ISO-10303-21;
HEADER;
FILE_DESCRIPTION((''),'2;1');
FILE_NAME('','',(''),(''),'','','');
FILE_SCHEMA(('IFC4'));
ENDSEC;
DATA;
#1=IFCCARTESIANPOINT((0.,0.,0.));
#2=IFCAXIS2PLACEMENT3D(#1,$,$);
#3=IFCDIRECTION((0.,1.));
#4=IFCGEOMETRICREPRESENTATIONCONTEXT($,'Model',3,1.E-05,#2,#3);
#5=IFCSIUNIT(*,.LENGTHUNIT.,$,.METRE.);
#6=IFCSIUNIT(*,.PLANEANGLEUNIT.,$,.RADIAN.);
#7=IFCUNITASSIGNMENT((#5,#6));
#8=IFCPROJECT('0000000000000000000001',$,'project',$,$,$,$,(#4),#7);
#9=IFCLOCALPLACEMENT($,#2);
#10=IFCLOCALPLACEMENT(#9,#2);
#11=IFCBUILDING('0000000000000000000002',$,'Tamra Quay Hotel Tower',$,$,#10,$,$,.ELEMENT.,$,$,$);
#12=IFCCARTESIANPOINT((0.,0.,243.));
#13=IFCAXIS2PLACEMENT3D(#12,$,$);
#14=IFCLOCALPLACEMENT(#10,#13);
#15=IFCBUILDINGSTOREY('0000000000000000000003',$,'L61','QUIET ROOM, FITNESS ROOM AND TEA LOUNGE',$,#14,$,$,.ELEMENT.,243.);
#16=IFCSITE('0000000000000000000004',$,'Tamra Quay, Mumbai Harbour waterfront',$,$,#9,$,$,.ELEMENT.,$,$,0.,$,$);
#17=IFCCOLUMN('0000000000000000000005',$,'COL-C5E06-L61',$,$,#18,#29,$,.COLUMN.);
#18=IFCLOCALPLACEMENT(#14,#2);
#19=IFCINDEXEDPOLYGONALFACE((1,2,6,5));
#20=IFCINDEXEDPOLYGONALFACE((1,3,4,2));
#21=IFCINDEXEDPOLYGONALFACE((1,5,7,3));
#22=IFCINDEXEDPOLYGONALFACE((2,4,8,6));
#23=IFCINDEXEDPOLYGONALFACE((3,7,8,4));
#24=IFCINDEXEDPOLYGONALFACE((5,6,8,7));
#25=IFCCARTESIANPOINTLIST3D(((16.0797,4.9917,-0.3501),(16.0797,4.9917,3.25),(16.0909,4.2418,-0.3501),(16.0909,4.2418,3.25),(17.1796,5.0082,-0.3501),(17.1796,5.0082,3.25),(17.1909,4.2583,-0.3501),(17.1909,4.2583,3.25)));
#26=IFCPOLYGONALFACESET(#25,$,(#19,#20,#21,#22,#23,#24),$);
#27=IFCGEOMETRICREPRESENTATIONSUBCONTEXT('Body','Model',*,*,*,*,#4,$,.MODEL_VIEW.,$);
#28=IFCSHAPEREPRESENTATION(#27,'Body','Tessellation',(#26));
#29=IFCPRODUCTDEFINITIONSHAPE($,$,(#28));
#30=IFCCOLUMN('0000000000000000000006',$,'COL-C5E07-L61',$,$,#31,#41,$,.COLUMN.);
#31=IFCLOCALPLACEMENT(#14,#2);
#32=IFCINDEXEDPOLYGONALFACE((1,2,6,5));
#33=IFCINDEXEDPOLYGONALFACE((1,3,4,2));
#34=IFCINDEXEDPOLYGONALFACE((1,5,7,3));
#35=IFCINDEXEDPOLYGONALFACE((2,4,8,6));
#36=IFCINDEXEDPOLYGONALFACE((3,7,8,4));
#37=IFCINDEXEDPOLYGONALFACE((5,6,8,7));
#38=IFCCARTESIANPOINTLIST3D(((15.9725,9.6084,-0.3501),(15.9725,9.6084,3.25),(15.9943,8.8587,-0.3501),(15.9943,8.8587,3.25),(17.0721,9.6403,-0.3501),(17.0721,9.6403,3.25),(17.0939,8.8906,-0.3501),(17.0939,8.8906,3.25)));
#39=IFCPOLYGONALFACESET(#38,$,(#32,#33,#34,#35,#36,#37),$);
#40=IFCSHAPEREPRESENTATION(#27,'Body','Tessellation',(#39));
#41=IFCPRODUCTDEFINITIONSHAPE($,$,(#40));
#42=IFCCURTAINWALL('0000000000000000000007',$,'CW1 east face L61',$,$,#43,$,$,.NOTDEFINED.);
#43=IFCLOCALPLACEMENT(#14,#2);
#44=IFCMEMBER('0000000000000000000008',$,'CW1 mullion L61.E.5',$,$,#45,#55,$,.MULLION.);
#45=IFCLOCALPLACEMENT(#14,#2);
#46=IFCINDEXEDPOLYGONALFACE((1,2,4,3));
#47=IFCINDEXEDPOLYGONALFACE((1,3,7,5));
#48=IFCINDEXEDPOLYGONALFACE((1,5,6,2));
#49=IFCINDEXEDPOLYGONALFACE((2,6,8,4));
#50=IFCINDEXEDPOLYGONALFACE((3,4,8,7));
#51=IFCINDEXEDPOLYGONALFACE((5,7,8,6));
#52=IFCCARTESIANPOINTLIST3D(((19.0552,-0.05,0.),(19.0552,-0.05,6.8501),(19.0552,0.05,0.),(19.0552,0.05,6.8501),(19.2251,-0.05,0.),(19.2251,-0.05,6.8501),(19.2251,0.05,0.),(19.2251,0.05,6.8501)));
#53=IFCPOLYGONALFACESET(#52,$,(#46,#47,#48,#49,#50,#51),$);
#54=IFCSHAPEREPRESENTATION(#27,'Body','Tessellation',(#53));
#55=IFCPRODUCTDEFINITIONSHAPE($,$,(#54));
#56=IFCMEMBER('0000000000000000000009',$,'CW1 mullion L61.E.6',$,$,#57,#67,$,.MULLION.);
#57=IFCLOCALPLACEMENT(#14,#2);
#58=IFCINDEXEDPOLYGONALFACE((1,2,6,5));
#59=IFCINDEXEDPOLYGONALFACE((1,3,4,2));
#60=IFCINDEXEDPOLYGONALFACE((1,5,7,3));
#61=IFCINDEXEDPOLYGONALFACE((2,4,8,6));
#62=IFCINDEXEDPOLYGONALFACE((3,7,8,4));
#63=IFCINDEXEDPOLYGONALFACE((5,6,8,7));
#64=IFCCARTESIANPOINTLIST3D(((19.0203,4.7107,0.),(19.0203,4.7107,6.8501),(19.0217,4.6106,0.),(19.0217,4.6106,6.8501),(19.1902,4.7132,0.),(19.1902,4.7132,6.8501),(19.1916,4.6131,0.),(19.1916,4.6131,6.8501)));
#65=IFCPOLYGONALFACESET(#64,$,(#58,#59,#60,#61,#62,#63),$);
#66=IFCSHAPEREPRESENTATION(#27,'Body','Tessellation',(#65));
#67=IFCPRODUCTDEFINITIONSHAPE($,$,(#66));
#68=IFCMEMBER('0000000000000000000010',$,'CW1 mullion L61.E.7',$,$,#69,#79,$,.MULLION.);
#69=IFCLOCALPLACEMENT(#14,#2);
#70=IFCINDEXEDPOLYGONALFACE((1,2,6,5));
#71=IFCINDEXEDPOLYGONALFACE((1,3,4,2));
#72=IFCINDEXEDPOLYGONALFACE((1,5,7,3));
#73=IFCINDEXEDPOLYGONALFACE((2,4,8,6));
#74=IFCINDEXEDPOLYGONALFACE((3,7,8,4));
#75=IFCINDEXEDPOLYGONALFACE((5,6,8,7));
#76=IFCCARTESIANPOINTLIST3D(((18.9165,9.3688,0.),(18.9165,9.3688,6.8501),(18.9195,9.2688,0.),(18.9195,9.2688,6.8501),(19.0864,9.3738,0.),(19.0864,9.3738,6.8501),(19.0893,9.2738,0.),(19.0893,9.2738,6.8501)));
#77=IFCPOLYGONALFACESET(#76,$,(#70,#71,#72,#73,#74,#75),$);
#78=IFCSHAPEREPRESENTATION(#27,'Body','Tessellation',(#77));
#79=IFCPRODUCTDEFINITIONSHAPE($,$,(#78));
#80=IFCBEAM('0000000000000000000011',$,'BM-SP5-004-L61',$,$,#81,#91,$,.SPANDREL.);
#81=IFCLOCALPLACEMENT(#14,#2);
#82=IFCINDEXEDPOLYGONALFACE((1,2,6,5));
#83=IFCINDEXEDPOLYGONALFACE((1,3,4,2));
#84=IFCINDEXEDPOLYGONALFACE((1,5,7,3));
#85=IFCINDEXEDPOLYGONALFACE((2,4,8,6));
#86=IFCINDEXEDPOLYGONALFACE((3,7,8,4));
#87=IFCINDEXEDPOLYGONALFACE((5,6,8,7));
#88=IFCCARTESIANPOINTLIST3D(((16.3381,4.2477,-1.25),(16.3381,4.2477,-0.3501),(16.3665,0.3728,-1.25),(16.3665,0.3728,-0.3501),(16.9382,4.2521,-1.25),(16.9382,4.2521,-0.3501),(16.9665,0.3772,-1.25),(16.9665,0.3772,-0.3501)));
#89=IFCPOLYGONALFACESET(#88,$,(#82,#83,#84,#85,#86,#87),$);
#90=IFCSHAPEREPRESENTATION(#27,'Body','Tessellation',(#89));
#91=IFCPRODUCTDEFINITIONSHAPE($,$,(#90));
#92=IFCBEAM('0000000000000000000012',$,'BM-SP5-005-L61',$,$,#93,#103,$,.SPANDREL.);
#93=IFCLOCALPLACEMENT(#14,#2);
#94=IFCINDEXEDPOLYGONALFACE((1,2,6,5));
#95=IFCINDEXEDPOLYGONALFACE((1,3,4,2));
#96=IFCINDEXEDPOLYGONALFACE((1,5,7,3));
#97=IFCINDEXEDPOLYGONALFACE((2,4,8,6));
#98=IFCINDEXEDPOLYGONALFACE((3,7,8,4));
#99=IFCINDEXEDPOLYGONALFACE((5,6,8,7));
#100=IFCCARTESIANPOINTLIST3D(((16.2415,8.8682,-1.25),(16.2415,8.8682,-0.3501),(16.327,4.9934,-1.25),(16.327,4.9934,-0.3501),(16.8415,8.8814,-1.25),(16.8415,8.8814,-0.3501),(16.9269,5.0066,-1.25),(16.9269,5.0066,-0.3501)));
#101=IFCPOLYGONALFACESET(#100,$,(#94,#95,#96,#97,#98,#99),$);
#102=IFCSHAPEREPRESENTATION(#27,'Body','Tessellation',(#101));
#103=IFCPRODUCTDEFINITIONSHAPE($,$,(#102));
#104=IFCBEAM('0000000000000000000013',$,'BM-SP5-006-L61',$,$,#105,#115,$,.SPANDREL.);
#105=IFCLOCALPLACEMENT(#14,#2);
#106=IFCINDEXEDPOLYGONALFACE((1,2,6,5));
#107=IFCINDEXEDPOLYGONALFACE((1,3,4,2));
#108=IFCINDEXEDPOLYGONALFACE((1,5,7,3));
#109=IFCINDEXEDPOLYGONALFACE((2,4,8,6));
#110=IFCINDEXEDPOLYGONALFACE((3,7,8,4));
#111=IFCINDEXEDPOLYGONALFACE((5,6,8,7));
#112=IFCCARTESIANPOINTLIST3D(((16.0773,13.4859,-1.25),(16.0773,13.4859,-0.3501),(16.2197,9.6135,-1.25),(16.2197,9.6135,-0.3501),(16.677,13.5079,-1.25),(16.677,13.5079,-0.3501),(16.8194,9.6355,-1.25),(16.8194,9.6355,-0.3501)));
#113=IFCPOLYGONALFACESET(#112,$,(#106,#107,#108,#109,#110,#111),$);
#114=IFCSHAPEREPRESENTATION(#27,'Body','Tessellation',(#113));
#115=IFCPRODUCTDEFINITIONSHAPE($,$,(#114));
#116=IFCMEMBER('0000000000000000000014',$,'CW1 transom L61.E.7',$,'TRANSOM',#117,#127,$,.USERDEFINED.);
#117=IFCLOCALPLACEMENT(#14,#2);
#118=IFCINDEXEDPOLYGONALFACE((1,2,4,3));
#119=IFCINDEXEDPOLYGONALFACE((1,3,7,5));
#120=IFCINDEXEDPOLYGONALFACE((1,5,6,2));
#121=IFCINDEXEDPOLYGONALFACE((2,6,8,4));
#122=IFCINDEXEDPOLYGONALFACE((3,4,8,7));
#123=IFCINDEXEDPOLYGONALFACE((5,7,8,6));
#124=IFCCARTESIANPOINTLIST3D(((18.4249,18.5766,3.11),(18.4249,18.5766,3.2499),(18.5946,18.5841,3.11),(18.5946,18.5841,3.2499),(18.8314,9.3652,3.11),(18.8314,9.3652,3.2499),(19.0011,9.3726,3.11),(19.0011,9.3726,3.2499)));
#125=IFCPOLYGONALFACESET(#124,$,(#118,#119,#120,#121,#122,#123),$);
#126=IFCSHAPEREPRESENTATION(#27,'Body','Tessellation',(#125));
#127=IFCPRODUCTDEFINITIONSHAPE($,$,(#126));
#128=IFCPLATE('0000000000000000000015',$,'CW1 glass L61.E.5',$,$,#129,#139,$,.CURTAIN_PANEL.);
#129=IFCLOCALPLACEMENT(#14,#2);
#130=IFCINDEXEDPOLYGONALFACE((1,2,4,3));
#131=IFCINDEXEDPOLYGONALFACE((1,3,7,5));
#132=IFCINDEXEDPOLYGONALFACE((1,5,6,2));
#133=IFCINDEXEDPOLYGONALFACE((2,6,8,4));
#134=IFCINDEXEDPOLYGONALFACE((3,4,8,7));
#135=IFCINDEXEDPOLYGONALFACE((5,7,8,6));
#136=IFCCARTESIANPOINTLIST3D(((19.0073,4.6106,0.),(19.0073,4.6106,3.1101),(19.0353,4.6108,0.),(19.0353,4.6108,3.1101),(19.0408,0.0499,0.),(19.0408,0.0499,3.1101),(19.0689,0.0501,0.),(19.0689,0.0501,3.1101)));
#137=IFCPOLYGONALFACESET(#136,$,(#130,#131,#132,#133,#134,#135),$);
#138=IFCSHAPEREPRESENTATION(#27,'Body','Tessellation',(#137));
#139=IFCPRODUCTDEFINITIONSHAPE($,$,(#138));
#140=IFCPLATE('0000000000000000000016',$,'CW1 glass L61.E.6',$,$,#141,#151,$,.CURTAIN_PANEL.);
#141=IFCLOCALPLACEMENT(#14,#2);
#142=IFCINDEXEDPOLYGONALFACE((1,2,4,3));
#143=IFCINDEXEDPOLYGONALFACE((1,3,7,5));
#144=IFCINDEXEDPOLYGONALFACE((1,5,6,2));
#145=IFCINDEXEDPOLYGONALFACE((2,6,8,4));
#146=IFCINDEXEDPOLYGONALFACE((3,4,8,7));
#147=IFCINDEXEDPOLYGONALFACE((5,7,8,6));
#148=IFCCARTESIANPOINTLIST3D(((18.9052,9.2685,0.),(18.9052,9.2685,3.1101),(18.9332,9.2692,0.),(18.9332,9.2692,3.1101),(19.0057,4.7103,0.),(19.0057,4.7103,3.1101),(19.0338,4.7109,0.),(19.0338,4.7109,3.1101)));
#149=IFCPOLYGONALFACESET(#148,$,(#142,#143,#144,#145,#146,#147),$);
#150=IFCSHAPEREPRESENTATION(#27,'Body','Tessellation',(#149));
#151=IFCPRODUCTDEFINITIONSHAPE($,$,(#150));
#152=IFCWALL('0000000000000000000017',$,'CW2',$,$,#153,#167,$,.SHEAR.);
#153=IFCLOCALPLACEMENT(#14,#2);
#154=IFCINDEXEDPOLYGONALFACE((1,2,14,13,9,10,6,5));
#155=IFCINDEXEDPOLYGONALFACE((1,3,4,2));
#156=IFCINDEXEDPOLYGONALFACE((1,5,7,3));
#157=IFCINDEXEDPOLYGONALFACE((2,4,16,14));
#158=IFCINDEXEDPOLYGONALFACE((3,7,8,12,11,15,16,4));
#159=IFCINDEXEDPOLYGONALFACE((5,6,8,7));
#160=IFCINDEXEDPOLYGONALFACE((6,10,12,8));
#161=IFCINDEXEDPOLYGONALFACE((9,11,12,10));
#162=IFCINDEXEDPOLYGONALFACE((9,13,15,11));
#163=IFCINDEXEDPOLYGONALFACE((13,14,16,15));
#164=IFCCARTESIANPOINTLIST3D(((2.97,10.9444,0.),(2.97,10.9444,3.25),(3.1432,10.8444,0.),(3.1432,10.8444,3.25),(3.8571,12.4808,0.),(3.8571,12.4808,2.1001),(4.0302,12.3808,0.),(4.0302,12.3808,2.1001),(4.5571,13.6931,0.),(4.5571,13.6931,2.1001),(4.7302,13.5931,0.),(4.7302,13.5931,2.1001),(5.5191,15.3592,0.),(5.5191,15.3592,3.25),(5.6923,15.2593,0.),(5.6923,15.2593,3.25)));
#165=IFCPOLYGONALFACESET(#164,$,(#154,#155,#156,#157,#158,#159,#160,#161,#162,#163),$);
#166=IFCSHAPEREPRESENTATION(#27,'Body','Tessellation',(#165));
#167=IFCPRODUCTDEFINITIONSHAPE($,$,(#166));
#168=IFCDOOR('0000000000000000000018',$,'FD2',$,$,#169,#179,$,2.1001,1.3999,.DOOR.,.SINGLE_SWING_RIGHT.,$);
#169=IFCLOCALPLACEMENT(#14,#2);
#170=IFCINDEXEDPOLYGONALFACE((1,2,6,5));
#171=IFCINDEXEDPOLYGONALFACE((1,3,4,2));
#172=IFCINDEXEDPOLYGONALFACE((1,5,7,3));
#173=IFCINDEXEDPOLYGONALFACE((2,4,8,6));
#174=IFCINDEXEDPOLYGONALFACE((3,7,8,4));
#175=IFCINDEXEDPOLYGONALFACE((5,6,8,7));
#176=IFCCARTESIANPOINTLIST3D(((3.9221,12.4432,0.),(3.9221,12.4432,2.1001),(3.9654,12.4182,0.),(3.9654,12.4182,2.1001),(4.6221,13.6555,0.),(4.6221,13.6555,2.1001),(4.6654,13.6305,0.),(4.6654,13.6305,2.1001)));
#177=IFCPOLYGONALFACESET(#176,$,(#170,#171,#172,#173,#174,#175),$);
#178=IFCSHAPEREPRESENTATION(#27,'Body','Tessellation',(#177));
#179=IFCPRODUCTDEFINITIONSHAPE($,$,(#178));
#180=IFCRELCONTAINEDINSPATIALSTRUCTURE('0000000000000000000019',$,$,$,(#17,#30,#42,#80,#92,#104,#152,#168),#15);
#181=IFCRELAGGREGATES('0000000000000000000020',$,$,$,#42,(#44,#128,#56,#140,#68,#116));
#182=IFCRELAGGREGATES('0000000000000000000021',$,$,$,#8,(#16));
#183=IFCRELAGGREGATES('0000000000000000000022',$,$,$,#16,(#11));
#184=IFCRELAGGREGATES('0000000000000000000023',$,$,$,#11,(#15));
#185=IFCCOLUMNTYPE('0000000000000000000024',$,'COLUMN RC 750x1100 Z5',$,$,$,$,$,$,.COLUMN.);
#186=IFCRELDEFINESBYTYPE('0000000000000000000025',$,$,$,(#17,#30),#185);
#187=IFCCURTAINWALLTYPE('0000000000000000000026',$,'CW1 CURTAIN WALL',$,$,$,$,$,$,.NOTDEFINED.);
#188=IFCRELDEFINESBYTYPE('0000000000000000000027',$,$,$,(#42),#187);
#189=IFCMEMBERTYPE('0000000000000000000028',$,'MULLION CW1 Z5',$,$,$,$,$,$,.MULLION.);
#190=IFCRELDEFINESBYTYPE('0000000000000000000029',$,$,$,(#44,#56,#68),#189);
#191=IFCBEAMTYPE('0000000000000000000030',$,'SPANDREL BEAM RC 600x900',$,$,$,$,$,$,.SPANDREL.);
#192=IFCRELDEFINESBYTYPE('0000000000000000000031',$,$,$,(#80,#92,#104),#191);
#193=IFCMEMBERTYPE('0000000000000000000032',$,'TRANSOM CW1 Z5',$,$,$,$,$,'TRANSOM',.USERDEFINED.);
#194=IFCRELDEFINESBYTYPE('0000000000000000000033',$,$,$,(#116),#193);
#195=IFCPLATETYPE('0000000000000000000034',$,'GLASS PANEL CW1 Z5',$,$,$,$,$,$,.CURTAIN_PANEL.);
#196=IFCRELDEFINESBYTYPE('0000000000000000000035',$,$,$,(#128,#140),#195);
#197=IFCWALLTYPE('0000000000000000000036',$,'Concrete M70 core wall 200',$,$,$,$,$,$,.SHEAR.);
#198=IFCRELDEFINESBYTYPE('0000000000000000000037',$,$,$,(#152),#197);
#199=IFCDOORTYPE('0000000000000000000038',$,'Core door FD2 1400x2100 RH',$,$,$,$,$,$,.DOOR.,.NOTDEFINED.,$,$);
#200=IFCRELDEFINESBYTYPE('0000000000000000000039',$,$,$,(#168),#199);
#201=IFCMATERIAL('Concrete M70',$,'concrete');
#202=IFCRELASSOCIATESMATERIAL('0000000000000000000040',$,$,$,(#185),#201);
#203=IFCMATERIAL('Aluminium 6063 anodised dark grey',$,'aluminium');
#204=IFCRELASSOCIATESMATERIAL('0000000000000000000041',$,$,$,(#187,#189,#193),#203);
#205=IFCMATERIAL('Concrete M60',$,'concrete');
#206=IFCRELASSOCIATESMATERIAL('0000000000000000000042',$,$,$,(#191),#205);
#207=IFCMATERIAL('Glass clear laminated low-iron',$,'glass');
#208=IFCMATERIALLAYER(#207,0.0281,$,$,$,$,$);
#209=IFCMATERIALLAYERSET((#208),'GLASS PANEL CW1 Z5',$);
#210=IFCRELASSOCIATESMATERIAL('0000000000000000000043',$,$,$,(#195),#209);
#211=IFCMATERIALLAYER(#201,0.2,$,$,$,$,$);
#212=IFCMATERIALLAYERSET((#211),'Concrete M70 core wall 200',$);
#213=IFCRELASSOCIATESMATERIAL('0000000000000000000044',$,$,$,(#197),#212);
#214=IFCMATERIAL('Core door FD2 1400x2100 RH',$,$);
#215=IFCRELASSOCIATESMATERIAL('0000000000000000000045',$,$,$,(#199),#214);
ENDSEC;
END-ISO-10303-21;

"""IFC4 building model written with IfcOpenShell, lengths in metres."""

from ifc_helpers import new_model, si_unit, direction, frame, frame_2d, origin, origin_2d, place, context, subcontext, project, spatial, rectangle, extrude, material, layer, layer_set, material_profile, profile_set, type_object, element, fill, aggregate, save


model = new_model("IFC4")

# Units and contexts
model_context = context("Model", 3, precision=1e-05, world=origin(), true_north=direction((0.0, 1.0)))
body_context = subcontext(model_context, "Body", "Model", "MODEL_VIEW")
ifc_project = project(units=[si_unit("LENGTHUNIT", "METRE"), si_unit("PLANEANGLEUNIT", "RADIAN")], contexts=[model_context])

# Site, building, storey
site_placement = place(None, origin())
site = spatial("IfcSite", under=ifc_project, at=site_placement, Name="Tamra Quay, Mumbai Harbour waterfront", CompositionType="ELEMENT", RefElevation=0.0)
building_placement = place(site_placement, origin())
building = spatial("IfcBuilding", under=site, at=building_placement, Name="Tamra Quay Hotel Tower", CompositionType="ELEMENT")
storey_placement = place(building_placement, frame((0.0, 0.0, 243.0)))
storey = spatial("IfcBuildingStorey", under=building, at=storey_placement, Name="L61", Description="QUIET ROOM, FITNESS ROOM AND TEA LOUNGE", CompositionType="ELEMENT", Elevation=243.0)

# Columns
ifc_material_1 = material(Name="Concrete M70", Category="concrete")
ifc_material_profile_1 = material_profile(ifc_material_1, rectangle(XDim=1.1001, YDim=0.75, at=origin_2d()), Name="COLUMN RC 750x1100 Z5")
ifc_profile_set_1 = profile_set([ifc_material_profile_1], Name="Concrete M70")
column_type = type_object("IfcColumnType", Name="COLUMN RC 750x1100 Z5", PredefinedType="COLUMN", material=ifc_profile_set_1)
for number, where, z_axis, x_axis, name in (
    (1, (16.6353, 4.625, -0.3501), (0.0, 0.0, 1.0), (0.999888, 0.014959, 0.0), "COL-C5E06-L61"),
    (2, (16.5332, 9.2495, -0.3501), (0.0, 0.0, 1.0), (0.999579, 0.029028, 0.0), "COL-C5E07-L61"),
):
    element("IfcColumn", number, at=place(storey_placement, frame(where, z_axis=z_axis, x_axis=x_axis)), inside=storey, type_object=column_type, Name=name, PredefinedType="COLUMN", context=body_context, shape_type="SweptSolid", body=[
        extrude(rectangle(XDim=1.1001, YDim=0.75, at=origin_2d()), origin(), (0.0, 0.0, 1.0), 3.6001),
    ])

# Curtain wall, members
ifc_material_2 = material(Name="Aluminium 6063 anodised dark grey", Category="aluminium")
curtain_wall_type = type_object("IfcCurtainWallType", Name="CW1 CURTAIN WALL", PredefinedType="NOTDEFINED", material=ifc_material_2)
curtain_wall_placement = place(storey_placement, origin())
curtain_wall = element("IfcCurtainWall", 3, at=curtain_wall_placement, inside=storey, type_object=curtain_wall_type, Name="CW1 east face L61", PredefinedType="NOTDEFINED")
ifc_material_profile_2 = material_profile(ifc_material_2, rectangle(XDim=0.1699, YDim=0.1001, at=origin_2d()), Name="MULLION 100X170")
ifc_profile_set_2 = profile_set([ifc_material_profile_2], Name="Aluminium 6063 anodised dark grey")
member_type_1 = type_object("IfcMemberType", Name="MULLION CW1 Z5", PredefinedType="MULLION", material=ifc_profile_set_2)
member_1_placement = place(storey_placement, frame((19.1401, 0.0, 0.0), z_axis=(0.0, 0.0, 1.0), x_axis=(1.0, 0.0, 0.0)))
member_1 = element("IfcMember", 4, at=member_1_placement, type_object=member_type_1, Name="CW1 mullion L61.E.5", PredefinedType="MULLION", context=body_context, shape_type="SweptSolid", body=[
    extrude(rectangle(XDim=0.1699, YDim=0.1001, at=origin_2d()), origin(), (0.0, 0.0, 1.0), 6.8501),
])
member_2_placement = place(storey_placement, frame((19.106, 4.6619, 0.0), z_axis=(0.0, 0.0, 1.0), x_axis=(0.999892, 0.014713, 0.0)))
member_2 = element("IfcMember", 5, at=member_2_placement, type_object=member_type_1, Name="CW1 mullion L61.E.6", PredefinedType="MULLION", context=body_context, shape_type="SweptSolid", body=[
    extrude(rectangle(XDim=0.1699, YDim=0.1001, at=origin_2d()), origin(), (0.0, 0.0, 1.0), 6.8501),
])
member_3_placement = place(storey_placement, frame((19.0029, 9.3213, 0.0), z_axis=(0.0, 0.0, 1.0), x_axis=(0.999568, 0.029404, 0.0)))
member_3 = element("IfcMember", 6, at=member_3_placement, type_object=member_type_1, Name="CW1 mullion L61.E.7", PredefinedType="MULLION", context=body_context, shape_type="SweptSolid", body=[
    extrude(rectangle(XDim=0.1699, YDim=0.1001, at=origin_2d()), origin(), (0.0, 0.0, 1.0), 6.8501),
])

# Beams
ifc_material_3 = material(Name="Concrete M60", Category="concrete")
ifc_material_profile_3 = material_profile(ifc_material_3, rectangle(XDim=0.6001, YDim=0.8999, at=origin_2d()), Name="SPANDREL BEAM RC 600x900")
ifc_profile_set_3 = profile_set([ifc_material_profile_3], Name="Concrete M60")
beam_type = type_object("IfcBeamType", Name="SPANDREL BEAM RC 600x900", PredefinedType="SPANDREL", material=ifc_profile_set_3)
beam_1_placement = place(storey_placement, frame((16.6665, 0.375, -0.8), z_axis=(-0.007308, 0.999973, 0.0), x_axis=(-0.999973, -0.007308, 0.0)))
element("IfcBeam", 7, at=beam_1_placement, inside=storey, type_object=beam_type, Name="BM-SP5-004-L61", PredefinedType="SPANDREL", context=body_context, shape_type="SweptSolid", body=[
    extrude(rectangle(XDim=0.6001, YDim=0.8999, at=origin_2d()), origin(), (0.0, 0.0, 1.0), 3.875),
])
beam_2_placement = place(storey_placement, frame((16.627, 5.0, -0.8), z_axis=(-0.022047, 0.999757, 0.0), x_axis=(-0.999757, -0.022047, 0.0)))
element("IfcBeam", 8, at=beam_2_placement, inside=storey, type_object=beam_type, Name="BM-SP5-005-L61", PredefinedType="SPANDREL", context=body_context, shape_type="SweptSolid", body=[
    extrude(rectangle(XDim=0.6001, YDim=0.8999, at=origin_2d()), origin(), (0.0, 0.0, 1.0), 3.8757),
])
beam_3_placement = place(storey_placement, frame((16.5195, 9.6245, -0.8), z_axis=(-0.036732, 0.999325, 0.0), x_axis=(-0.999325, -0.036732, 0.0)))
element("IfcBeam", 9, at=beam_3_placement, inside=storey, type_object=beam_type, Name="BM-SP5-006-L61", PredefinedType="SPANDREL", context=body_context, shape_type="SweptSolid", body=[
    extrude(rectangle(XDim=0.6001, YDim=0.8999, at=origin_2d()), origin(), (0.0, 0.0, 1.0), 3.875),
])

# Member
ifc_material_profile_4 = material_profile(ifc_material_2, rectangle(XDim=0.1699, YDim=0.1399, at=origin_2d()), Name="TRANSOM 170X140")
ifc_profile_set_4 = profile_set([ifc_material_profile_4], Name="Aluminium 6063 anodised dark grey")
member_type_2 = type_object("IfcMemberType", Name="TRANSOM CW1 Z5", ElementType="TRANSOM", PredefinedType="USERDEFINED", material=ifc_profile_set_4)
member_4_placement = place(storey_placement, frame((18.9163, 9.3689, 3.1799), z_axis=(-0.044086, 0.999028, 0.0), x_axis=(-0.999028, -0.044086, 0.0)))
member_4 = element("IfcMember", 10, at=member_4_placement, type_object=member_type_2, Name="CW1 transom L61.E.7", ObjectType="TRANSOM", PredefinedType="USERDEFINED", context=body_context, shape_type="SweptSolid", body=[
    extrude(rectangle(XDim=0.1699, YDim=0.1399, at=origin_2d()), origin(), (0.0, 0.0, 1.0), 9.2205),
])

# Plates
ifc_material_4 = material(Name="Glass clear laminated low-iron", Category="glass")
ifc_layer_1 = layer(ifc_material_4, 0.0281)
ifc_layer_set_1 = layer_set([ifc_layer_1], Name="GLASS PANEL CW1 Z5")
plate_type = type_object("IfcPlateType", Name="GLASS PANEL CW1 Z5", PredefinedType="CURTAIN_PANEL", material=ifc_layer_set_1)
plate_1_placement = place(storey_placement, frame((19.0381, 2.3303, 0.0), z_axis=(0.0, 0.0, 1.0), x_axis=(-0.007362, 0.999973, 0.0)))
plate_1 = element("IfcPlate", 11, at=plate_1_placement, type_object=plate_type, Name="CW1 glass L61.E.5", PredefinedType="CURTAIN_PANEL", context=body_context, shape_type="SweptSolid", body=[
    extrude(rectangle(XDim=4.5608, YDim=0.0281, at=origin_2d()), origin(), (0.0, 0.0, 1.0), 3.1101),
])
plate_2_placement = place(storey_placement, frame((18.9695, 6.9897, 0.0), z_axis=(0.0, 0.0, 1.0), x_axis=(-0.022063, 0.999757, 0.0)))
plate_2 = element("IfcPlate", 12, at=plate_2_placement, type_object=plate_type, Name="CW1 glass L61.E.6", PredefinedType="CURTAIN_PANEL", context=body_context, shape_type="SweptSolid", body=[
    extrude(rectangle(XDim=4.5593, YDim=0.0281, at=origin_2d()), origin(), (0.0, 0.0, 1.0), 3.1101),
])
aggregate(curtain_wall, [member_1, plate_1, member_2, plate_2, member_3, member_4])

# Wall, opening, door
ifc_layer_2 = layer(ifc_material_1, 0.2)
ifc_layer_set_2 = layer_set([ifc_layer_2], Name="Concrete M70 core wall 200")
wall_type_1 = type_object("IfcWallType", Name="Concrete M70 core wall 200", PredefinedType="SHEAR", material=ifc_layer_set_2)
wall_1_placement = place(storey_placement, frame((3.0566, 10.8945, 0.0), z_axis=(0.0, 0.0, 1.0), x_axis=(0.500028, 0.866009, 0.0)))
wall_1 = element("IfcWall", 13, at=wall_1_placement, inside=storey, type_object=wall_type_1, Name="CW2", PredefinedType="SHEAR", context=body_context, shape_type="SweptSolid", body=[
    extrude(rectangle(XDim=5.0979, YDim=0.2, at=frame_2d((2.5488, 0.0))), origin(), (0.0, 0.0, 1.0), 3.25),
])
opening_1_placement = place(wall_1_placement, frame((1.7739, 0.0, 0.0)))
opening_1 = element("IfcOpeningElement", 14, at=opening_1_placement, cuts=wall_1, PredefinedType="OPENING", context=body_context, shape_type="SweptSolid", body=[
    extrude(rectangle(XDim=1.3999, YDim=2.1001, at=frame_2d((0.7, 1.05))), frame((0.0, 0.1099, 0.0), z_axis=(0.0, -1.0, 0.0), x_axis=(1.0, 0.0, 0.0)), (0.0, 0.0, 1.0), 0.22),
])
ifc_material_5 = material(Name="Core door FD2 1400x2100 RH")
door_type_1 = type_object("IfcDoorType", Name="Core door FD2 1400x2100 RH", OperationType="NOTDEFINED", PredefinedType="DOOR", material=ifc_material_5)
door_1_placement = place(opening_1_placement, origin())
door_1 = element("IfcDoor", 15, at=door_1_placement, inside=storey, type_object=door_type_1, Name="FD2", OperationType="SINGLE_SWING_RIGHT", OverallHeight=2.1001, OverallWidth=1.3999, PredefinedType="DOOR", context=body_context, shape_type="SweptSolid", body=[
    extrude(rectangle(XDim=1.3999, YDim=2.1001, at=frame_2d((0.7, 1.05))), frame((0.0, 0.0249, 0.0), z_axis=(0.0, -1.0, 0.0), x_axis=(1.0, 0.0, 0.0)), (0.0, 0.0, 1.0), 0.05),
])
fill(opening_1, door_1)

save(model, "model.ifc")
